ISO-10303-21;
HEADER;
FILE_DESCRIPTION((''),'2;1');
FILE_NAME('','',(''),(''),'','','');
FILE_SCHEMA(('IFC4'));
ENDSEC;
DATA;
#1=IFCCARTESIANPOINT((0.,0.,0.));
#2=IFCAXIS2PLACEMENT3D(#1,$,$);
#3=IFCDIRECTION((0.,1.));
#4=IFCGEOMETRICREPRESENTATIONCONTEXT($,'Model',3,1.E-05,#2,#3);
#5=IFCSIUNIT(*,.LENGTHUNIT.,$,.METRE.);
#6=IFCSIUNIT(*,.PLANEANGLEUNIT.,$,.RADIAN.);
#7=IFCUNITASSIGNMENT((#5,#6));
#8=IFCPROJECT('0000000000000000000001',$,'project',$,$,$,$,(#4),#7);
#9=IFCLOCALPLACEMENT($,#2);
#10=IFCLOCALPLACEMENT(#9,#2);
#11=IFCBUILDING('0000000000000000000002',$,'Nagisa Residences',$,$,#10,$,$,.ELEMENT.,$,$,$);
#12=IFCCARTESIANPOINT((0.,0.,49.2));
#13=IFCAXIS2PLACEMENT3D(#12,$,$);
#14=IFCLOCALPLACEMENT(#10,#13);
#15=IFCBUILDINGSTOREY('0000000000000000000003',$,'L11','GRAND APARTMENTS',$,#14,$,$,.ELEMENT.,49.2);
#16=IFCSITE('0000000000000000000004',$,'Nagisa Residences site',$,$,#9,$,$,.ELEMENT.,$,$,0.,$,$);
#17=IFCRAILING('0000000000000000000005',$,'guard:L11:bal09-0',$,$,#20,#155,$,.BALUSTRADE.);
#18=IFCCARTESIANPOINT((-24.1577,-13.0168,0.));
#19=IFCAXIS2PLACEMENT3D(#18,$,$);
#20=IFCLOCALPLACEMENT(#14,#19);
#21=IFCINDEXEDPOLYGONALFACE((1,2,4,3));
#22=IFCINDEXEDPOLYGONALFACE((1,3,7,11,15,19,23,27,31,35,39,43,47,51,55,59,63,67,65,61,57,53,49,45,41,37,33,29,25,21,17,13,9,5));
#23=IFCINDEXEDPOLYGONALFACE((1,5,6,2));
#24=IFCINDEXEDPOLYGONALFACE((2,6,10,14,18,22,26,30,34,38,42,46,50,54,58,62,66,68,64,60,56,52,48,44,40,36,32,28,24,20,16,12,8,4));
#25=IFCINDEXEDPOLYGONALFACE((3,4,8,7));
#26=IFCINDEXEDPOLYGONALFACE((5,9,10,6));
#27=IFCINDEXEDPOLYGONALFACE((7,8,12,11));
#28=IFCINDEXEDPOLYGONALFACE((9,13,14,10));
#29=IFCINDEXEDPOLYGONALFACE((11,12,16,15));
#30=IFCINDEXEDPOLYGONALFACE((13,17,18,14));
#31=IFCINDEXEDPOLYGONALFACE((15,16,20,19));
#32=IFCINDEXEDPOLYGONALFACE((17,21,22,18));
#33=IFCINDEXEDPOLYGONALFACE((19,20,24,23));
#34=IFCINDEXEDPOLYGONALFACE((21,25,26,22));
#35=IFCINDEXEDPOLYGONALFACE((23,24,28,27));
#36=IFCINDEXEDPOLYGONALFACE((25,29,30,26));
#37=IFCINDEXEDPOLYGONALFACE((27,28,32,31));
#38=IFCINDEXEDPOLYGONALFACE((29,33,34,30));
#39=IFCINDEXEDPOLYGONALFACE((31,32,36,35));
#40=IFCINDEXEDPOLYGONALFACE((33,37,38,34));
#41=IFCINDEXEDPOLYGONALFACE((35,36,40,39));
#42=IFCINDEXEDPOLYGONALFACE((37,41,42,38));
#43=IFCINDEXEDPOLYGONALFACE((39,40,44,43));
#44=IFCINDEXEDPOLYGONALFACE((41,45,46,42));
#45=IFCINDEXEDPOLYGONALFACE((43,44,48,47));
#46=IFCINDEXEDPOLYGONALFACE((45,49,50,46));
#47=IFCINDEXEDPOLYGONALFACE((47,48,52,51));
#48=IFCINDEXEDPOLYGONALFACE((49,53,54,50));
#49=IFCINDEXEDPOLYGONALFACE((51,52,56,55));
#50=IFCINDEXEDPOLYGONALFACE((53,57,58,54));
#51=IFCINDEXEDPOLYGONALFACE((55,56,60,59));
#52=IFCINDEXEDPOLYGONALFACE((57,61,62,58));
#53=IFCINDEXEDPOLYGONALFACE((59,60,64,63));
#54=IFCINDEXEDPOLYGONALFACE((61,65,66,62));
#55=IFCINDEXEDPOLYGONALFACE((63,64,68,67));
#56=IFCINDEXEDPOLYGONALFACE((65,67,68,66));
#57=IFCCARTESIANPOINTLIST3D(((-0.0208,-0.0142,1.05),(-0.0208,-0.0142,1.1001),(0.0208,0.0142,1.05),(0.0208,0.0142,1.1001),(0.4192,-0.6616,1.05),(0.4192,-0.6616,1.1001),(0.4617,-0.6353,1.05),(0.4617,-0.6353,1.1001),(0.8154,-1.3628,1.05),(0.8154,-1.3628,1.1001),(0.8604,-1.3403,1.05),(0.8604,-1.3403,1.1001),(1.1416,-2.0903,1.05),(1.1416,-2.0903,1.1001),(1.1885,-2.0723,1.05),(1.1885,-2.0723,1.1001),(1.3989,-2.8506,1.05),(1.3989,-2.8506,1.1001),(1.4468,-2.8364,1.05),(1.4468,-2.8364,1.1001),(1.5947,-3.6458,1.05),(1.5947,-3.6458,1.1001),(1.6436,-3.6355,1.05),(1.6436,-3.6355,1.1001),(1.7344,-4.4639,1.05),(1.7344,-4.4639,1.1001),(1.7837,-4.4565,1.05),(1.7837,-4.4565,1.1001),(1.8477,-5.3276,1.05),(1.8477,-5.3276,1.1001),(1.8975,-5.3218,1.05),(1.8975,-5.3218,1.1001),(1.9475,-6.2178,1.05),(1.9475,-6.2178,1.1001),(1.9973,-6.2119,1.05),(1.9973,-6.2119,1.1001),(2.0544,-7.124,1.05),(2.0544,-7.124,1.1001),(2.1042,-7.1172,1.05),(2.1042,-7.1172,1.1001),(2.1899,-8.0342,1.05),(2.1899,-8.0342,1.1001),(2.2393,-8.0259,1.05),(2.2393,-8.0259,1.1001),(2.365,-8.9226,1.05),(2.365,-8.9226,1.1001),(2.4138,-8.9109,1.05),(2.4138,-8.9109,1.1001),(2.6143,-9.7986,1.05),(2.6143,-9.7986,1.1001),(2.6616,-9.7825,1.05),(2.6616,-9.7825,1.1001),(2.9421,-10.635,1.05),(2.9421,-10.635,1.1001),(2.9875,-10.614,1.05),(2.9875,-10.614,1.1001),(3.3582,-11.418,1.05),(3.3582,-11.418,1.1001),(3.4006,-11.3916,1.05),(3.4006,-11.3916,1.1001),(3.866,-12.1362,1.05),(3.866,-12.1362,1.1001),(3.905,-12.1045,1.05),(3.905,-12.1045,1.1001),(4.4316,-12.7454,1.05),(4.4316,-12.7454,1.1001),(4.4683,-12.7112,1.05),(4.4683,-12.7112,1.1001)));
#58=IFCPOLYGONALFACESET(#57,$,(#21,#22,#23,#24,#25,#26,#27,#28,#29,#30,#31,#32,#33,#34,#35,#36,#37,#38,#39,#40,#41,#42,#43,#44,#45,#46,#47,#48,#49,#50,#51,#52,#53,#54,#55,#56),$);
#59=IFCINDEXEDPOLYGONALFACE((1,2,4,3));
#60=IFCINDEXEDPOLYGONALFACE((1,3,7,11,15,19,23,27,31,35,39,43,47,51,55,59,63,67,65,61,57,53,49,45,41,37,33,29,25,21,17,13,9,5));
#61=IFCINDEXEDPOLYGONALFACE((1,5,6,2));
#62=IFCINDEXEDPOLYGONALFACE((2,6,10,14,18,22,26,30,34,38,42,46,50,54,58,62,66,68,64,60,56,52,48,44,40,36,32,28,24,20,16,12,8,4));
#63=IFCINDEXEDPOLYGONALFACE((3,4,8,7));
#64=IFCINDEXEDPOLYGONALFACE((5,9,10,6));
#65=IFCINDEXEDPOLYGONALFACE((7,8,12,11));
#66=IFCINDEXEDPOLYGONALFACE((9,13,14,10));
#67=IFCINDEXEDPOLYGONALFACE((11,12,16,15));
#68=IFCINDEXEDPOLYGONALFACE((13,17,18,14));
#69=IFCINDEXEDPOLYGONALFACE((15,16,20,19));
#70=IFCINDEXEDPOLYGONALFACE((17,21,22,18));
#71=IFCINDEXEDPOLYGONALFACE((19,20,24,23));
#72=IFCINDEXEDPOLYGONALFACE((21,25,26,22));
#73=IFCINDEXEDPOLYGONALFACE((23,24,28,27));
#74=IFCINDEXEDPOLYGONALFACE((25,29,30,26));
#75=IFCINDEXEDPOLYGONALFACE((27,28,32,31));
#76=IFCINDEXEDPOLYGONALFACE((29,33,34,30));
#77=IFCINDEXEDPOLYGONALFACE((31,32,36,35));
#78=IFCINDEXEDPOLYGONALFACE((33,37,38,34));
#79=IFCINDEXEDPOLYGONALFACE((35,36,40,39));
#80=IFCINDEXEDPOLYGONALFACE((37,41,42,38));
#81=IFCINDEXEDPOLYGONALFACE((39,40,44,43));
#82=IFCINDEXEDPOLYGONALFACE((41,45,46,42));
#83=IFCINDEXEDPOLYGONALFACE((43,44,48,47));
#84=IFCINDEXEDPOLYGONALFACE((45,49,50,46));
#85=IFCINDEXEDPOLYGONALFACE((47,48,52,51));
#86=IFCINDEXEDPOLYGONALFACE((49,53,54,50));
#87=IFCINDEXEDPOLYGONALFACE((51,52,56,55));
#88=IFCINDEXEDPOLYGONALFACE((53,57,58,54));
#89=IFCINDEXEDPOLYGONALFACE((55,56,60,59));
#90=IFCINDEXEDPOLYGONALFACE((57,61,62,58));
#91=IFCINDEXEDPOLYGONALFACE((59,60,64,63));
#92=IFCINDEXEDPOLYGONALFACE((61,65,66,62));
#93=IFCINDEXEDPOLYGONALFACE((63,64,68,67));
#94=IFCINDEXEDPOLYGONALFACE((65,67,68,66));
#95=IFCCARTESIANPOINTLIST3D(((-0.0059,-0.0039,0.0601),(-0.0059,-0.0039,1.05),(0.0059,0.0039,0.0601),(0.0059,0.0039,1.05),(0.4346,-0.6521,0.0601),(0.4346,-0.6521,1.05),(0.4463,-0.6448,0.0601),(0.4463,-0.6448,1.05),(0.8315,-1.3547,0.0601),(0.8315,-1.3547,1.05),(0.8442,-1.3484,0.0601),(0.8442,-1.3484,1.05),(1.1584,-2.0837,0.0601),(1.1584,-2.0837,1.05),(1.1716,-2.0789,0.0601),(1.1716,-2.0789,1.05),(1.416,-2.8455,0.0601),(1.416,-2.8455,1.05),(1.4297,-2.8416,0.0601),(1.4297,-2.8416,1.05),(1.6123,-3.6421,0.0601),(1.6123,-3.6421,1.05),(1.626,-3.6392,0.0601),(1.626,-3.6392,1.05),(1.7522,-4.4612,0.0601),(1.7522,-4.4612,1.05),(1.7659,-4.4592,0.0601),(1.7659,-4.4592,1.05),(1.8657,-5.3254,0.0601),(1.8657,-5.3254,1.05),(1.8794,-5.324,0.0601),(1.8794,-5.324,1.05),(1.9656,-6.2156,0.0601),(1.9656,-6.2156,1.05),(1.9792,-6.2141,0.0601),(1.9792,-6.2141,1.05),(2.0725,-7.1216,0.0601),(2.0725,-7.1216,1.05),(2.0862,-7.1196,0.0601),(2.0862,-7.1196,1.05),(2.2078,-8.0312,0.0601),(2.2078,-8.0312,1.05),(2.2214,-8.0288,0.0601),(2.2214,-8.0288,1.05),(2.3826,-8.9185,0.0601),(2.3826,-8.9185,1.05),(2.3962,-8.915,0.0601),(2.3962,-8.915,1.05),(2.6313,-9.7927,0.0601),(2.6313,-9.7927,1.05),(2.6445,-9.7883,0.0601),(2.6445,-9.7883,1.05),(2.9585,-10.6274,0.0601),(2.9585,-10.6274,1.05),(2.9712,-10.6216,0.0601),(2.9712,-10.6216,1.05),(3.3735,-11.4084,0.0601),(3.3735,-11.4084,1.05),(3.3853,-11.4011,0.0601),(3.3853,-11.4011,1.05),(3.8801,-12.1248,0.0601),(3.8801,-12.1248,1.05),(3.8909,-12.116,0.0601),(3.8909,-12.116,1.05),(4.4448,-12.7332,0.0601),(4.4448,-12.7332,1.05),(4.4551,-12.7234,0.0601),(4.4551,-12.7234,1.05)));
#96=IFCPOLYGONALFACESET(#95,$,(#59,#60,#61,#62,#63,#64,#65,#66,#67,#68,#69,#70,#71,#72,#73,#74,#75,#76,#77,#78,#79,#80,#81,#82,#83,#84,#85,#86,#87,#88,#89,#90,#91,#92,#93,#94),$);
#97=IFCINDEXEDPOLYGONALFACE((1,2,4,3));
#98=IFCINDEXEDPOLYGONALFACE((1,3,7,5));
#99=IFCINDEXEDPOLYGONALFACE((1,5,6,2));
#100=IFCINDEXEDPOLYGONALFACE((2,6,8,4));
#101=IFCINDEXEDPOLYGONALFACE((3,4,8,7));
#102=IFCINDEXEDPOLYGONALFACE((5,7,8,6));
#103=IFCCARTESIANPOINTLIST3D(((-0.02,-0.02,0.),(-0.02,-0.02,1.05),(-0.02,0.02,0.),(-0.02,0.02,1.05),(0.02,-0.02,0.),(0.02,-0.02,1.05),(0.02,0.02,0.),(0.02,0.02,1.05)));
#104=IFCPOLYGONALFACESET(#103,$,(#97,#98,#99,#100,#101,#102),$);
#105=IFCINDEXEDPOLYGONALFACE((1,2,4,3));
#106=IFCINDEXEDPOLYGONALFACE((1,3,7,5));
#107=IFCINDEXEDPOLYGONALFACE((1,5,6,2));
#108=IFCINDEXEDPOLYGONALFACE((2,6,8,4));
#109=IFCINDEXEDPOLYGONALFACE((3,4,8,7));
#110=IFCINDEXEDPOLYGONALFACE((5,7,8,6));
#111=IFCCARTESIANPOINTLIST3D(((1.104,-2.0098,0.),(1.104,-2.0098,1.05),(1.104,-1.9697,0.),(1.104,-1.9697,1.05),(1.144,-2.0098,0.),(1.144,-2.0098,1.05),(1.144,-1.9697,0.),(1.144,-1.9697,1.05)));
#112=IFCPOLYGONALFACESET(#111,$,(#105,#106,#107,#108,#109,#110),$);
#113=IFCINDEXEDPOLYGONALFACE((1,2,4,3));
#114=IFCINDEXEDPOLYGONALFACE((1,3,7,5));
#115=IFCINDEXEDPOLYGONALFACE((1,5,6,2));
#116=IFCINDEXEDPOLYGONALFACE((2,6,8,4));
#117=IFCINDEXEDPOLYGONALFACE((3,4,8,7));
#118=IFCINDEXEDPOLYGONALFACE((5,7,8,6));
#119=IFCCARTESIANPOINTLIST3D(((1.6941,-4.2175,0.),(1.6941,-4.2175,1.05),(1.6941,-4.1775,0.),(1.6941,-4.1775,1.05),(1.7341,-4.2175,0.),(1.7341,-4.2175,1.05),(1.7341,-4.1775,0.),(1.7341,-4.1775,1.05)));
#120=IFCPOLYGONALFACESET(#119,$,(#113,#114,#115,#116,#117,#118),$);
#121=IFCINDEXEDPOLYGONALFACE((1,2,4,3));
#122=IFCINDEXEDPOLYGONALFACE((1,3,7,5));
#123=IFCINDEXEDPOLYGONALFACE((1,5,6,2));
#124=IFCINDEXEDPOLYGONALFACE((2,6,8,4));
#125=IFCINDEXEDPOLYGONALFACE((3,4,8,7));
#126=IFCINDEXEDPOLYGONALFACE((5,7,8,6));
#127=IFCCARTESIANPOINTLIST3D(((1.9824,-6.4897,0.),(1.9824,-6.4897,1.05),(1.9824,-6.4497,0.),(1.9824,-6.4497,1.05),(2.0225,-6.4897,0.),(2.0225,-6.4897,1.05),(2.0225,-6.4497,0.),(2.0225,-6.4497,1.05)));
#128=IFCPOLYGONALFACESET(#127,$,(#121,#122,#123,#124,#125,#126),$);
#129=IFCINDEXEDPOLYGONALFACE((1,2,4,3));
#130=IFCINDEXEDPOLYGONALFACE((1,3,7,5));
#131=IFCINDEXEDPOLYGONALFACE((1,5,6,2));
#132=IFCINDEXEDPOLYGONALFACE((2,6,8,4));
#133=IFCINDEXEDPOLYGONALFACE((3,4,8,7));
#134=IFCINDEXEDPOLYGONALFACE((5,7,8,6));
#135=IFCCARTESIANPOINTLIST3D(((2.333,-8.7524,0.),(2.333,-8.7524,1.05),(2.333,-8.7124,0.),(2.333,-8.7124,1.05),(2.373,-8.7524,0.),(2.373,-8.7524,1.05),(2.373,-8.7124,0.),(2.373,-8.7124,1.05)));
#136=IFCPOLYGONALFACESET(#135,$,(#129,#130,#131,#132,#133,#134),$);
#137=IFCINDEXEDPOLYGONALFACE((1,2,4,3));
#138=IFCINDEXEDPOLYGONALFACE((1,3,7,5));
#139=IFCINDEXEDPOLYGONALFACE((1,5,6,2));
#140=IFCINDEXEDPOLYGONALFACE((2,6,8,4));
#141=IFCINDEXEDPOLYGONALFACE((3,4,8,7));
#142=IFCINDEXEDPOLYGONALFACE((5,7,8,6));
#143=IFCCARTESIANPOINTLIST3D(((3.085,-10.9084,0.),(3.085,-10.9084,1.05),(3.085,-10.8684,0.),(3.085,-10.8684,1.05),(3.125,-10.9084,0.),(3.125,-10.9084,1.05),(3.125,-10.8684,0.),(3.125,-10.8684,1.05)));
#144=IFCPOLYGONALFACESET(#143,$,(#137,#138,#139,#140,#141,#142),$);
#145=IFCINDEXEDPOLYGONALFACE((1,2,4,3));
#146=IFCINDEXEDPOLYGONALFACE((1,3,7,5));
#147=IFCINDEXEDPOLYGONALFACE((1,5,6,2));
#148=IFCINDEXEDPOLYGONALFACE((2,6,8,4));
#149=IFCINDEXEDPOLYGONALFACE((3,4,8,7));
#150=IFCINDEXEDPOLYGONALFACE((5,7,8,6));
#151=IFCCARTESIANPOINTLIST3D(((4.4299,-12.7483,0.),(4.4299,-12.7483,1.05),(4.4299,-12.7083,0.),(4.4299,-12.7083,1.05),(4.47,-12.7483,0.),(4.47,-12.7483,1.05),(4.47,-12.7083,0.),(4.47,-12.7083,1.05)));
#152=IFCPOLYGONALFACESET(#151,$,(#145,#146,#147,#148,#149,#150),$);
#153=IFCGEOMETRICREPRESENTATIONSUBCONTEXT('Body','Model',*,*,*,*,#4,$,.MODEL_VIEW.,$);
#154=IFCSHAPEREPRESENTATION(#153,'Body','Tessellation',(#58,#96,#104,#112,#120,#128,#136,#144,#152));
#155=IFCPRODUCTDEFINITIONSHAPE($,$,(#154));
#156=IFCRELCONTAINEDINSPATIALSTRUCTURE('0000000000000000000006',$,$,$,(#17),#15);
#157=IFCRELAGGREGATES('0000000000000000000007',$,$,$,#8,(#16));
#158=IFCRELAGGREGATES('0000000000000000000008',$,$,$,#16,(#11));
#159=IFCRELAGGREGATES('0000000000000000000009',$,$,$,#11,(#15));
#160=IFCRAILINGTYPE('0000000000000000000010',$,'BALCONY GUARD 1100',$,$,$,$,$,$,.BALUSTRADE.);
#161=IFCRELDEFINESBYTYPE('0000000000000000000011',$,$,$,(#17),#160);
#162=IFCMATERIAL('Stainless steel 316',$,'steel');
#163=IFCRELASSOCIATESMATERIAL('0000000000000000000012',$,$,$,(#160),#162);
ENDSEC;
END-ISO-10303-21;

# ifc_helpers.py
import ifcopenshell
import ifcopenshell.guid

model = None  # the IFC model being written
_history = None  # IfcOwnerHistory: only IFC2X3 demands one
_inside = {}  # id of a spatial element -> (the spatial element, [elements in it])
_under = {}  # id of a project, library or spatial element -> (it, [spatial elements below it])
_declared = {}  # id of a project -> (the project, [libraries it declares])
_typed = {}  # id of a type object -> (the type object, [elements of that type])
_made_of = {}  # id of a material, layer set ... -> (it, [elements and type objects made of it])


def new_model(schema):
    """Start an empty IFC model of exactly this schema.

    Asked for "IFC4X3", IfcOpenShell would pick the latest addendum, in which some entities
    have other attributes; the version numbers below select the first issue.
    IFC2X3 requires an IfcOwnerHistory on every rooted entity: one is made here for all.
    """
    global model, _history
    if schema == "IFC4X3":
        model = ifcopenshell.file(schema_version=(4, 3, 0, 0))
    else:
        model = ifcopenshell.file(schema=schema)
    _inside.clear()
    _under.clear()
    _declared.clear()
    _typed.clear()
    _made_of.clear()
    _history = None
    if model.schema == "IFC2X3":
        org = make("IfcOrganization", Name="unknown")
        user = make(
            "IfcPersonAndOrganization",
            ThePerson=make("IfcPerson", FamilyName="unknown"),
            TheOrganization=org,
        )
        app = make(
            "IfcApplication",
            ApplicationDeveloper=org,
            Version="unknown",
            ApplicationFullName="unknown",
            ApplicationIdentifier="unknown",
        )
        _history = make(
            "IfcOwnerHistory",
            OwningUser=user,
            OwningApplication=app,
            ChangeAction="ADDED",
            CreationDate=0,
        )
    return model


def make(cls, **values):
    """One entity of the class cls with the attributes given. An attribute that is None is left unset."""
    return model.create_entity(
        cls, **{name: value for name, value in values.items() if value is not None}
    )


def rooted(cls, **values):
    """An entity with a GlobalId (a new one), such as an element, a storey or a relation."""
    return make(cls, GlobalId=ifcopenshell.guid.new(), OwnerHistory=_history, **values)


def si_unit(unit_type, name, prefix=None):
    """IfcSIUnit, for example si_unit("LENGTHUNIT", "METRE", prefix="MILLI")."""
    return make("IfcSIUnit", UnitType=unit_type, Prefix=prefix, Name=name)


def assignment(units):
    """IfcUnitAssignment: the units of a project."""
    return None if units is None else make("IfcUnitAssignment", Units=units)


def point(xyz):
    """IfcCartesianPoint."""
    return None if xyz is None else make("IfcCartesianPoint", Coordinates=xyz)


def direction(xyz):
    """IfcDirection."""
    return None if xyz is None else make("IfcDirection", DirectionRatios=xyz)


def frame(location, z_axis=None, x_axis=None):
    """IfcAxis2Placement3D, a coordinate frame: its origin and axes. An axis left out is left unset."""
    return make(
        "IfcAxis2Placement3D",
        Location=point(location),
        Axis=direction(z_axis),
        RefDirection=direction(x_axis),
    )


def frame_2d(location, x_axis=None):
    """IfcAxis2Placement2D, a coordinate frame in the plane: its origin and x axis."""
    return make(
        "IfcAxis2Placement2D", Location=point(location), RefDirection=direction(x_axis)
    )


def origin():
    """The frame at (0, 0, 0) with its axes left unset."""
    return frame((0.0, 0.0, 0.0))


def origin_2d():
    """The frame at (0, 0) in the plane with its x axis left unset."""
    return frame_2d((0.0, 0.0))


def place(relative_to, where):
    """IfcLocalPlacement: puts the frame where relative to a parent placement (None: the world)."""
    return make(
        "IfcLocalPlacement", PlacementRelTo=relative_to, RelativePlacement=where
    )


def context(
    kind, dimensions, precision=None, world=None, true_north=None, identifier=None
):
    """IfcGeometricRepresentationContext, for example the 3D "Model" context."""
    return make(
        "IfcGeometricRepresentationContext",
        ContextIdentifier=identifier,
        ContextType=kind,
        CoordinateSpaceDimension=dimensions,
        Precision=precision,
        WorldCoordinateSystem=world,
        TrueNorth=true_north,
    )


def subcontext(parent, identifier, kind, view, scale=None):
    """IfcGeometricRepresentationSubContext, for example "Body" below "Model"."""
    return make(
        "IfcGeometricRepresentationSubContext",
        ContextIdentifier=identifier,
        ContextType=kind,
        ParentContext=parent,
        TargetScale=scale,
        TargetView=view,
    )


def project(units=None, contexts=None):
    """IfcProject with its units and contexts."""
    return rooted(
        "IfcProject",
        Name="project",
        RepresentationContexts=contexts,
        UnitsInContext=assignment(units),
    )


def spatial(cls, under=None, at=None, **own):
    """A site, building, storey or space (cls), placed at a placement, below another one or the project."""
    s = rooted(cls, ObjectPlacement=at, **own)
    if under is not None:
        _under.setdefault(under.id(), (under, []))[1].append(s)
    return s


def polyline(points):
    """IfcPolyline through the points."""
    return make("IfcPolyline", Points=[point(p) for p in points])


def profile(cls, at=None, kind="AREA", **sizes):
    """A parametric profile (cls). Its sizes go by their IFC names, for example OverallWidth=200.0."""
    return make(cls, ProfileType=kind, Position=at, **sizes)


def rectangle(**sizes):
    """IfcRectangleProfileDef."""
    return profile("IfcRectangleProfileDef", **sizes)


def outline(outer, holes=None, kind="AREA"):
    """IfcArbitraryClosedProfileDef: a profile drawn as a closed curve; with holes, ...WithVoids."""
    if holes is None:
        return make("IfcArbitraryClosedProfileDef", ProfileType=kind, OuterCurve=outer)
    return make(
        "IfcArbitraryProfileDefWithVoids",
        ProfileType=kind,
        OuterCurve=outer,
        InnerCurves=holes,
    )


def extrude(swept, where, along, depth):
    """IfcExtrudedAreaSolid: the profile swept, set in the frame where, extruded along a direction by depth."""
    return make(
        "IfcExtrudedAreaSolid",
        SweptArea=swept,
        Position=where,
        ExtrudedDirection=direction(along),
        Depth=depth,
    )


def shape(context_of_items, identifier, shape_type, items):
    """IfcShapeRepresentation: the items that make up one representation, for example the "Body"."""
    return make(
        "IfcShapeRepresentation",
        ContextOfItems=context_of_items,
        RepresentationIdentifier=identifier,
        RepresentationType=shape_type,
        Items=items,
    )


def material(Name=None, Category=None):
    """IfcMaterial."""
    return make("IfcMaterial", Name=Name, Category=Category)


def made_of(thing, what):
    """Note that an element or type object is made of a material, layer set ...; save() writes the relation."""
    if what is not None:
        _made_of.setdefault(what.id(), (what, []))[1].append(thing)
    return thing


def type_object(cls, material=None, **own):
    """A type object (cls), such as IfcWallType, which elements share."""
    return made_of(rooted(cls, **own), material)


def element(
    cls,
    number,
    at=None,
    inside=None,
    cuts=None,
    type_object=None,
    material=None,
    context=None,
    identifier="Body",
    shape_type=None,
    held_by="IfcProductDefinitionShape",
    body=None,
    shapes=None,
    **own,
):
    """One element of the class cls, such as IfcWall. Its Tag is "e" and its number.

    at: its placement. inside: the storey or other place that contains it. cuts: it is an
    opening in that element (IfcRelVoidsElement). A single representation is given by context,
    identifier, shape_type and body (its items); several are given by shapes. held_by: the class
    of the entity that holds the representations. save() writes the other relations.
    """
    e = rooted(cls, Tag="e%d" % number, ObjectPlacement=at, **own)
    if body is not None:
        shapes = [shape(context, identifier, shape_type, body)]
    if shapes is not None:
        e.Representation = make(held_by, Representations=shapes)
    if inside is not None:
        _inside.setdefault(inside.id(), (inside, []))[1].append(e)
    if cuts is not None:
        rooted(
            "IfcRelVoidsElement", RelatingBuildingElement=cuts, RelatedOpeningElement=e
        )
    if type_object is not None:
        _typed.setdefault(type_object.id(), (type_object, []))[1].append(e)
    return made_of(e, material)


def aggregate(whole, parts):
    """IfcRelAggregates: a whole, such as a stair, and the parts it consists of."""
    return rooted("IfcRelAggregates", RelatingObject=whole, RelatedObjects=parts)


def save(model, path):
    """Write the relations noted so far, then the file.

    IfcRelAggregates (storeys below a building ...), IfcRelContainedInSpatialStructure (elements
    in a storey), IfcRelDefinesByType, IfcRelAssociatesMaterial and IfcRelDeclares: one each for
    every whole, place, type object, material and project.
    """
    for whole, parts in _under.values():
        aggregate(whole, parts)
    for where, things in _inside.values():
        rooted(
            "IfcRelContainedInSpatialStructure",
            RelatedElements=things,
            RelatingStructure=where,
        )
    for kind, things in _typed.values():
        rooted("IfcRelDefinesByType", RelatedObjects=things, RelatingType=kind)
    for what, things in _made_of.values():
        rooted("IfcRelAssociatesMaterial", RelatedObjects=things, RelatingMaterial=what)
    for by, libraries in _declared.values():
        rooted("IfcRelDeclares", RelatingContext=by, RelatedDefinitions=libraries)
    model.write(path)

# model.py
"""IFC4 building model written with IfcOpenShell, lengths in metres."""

from ifc_helpers import new_model, si_unit, direction, frame, origin, origin_2d, place, context, subcontext, project, spatial, polyline, rectangle, outline, extrude, material, type_object, element, save


model = new_model("IFC4")

# Units and contexts
model_context = context("Model", 3, precision=1e-05, world=origin(), true_north=direction((0.0, 1.0)))
body_context = subcontext(model_context, "Body", "Model", "MODEL_VIEW")
ifc_project = project(units=[si_unit("LENGTHUNIT", "METRE"), si_unit("PLANEANGLEUNIT", "RADIAN")], contexts=[model_context])

# Site, building, storey
site_placement = place(None, origin())
site = spatial("IfcSite", under=ifc_project, at=site_placement, Name="Nagisa Residences site", CompositionType="ELEMENT", RefElevation=0.0)
building_placement = place(site_placement, origin())
building = spatial("IfcBuilding", under=site, at=building_placement, Name="Nagisa Residences", CompositionType="ELEMENT")
storey_placement = place(building_placement, frame((0.0, 0.0, 49.2)))
storey = spatial("IfcBuildingStorey", under=building, at=storey_placement, Name="L11", Description="GRAND APARTMENTS", CompositionType="ELEMENT", Elevation=49.2)

# Railing
ifc_material_1 = material(Name="Stainless steel 316", Category="steel")
railing_type = type_object("IfcRailingType", Name="BALCONY GUARD 1100", PredefinedType="BALUSTRADE", material=ifc_material_1)
railing_1_placement = place(storey_placement, frame((-24.1577, -13.0168, 0.0)))
element("IfcRailing", 1, at=railing_1_placement, inside=storey, type_object=railing_type, Name="guard:L11:bal09-0", PredefinedType="BALUSTRADE", context=body_context, shape_type="SweptSolid", body=[
    extrude(outline(polyline([(0.4617, -0.6353), (0.0208, 0.0142), (-0.0208, -0.0142), (0.4192, -0.6616), (0.8154, -1.3628), (1.1416, -2.0903), (1.3989, -2.8506), (1.5947, -3.6458), (1.7344, -4.4639), (1.8477, -5.3276), (1.9475, -6.2178), (2.0544, -7.124), (2.1899, -8.0342), (2.365, -8.9226), (2.6143, -9.7986), (2.9421, -10.635), (3.3582, -11.418), (3.866, -12.1362), (4.4316, -12.7454), (4.4683, -12.7112), (3.905, -12.1045), (3.4006, -11.3916), (2.9875, -10.614), (2.6616, -9.7825), (2.4138, -8.9109), (2.2393, -8.0259), (2.1042, -7.1172), (1.9973, -6.2119), (1.8975, -5.3218), (1.7837, -4.4565), (1.6436, -3.6355), (1.4468, -2.8364), (1.1885, -2.0723), (0.8604, -1.3403), (0.4617, -0.6353)])), frame((0.0, 0.0, 1.05)), (0.0, 0.0, 1.0), 0.05),
    extrude(outline(polyline([(0.4463, -0.6448), (0.0059, 0.0039), (-0.0059, -0.0039), (0.4346, -0.6521), (0.8315, -1.3547), (1.1584, -2.0837), (1.416, -2.8455), (1.6123, -3.6421), (1.7522, -4.4612), (1.8657, -5.3254), (1.9656, -6.2156), (2.0725, -7.1216), (2.2078, -8.0312), (2.3826, -8.9185), (2.6313, -9.7927), (2.9585, -10.6274), (3.3735, -11.4084), (3.8801, -12.1248), (4.4448, -12.7332), (4.4551, -12.7234), (3.8909, -12.116), (3.3853, -11.4011), (2.9712, -10.6216), (2.6445, -9.7883), (2.3962, -8.915), (2.2214, -8.0288), (2.0862, -7.1196), (1.9792, -6.2141), (1.8794, -5.324), (1.7659, -4.4592), (1.626, -3.6392), (1.4297, -2.8416), (1.1716, -2.0789), (0.8442, -1.3484), (0.4463, -0.6448)])), frame((0.0, 0.0, 0.0601)), (0.0, 0.0, 1.0), 0.99),
    extrude(rectangle(XDim=0.04, YDim=0.04, at=origin_2d()), origin(), (0.0, 0.0, 1.0), 1.05),
    extrude(rectangle(XDim=0.04, YDim=0.04, at=origin_2d()), frame((1.124, -1.9897, 0.0)), (0.0, 0.0, 1.0), 1.05),
    extrude(rectangle(XDim=0.04, YDim=0.04, at=origin_2d()), frame((1.7141, -4.1975, 0.0)), (0.0, 0.0, 1.0), 1.05),
    extrude(rectangle(XDim=0.04, YDim=0.04, at=origin_2d()), frame((2.0024, -6.4697, 0.0)), (0.0, 0.0, 1.0), 1.05),
    extrude(rectangle(XDim=0.04, YDim=0.04, at=origin_2d()), frame((2.353, -8.7324, 0.0)), (0.0, 0.0, 1.0), 1.05),
    extrude(rectangle(XDim=0.04, YDim=0.04, at=origin_2d()), frame((3.105, -10.8884, 0.0)), (0.0, 0.0, 1.0), 1.05),
    extrude(rectangle(XDim=0.04, YDim=0.04, at=origin_2d()), frame((4.45, -12.7283, 0.0)), (0.0, 0.0, 1.0), 1.05),
])

save(model, "model.ifc")
